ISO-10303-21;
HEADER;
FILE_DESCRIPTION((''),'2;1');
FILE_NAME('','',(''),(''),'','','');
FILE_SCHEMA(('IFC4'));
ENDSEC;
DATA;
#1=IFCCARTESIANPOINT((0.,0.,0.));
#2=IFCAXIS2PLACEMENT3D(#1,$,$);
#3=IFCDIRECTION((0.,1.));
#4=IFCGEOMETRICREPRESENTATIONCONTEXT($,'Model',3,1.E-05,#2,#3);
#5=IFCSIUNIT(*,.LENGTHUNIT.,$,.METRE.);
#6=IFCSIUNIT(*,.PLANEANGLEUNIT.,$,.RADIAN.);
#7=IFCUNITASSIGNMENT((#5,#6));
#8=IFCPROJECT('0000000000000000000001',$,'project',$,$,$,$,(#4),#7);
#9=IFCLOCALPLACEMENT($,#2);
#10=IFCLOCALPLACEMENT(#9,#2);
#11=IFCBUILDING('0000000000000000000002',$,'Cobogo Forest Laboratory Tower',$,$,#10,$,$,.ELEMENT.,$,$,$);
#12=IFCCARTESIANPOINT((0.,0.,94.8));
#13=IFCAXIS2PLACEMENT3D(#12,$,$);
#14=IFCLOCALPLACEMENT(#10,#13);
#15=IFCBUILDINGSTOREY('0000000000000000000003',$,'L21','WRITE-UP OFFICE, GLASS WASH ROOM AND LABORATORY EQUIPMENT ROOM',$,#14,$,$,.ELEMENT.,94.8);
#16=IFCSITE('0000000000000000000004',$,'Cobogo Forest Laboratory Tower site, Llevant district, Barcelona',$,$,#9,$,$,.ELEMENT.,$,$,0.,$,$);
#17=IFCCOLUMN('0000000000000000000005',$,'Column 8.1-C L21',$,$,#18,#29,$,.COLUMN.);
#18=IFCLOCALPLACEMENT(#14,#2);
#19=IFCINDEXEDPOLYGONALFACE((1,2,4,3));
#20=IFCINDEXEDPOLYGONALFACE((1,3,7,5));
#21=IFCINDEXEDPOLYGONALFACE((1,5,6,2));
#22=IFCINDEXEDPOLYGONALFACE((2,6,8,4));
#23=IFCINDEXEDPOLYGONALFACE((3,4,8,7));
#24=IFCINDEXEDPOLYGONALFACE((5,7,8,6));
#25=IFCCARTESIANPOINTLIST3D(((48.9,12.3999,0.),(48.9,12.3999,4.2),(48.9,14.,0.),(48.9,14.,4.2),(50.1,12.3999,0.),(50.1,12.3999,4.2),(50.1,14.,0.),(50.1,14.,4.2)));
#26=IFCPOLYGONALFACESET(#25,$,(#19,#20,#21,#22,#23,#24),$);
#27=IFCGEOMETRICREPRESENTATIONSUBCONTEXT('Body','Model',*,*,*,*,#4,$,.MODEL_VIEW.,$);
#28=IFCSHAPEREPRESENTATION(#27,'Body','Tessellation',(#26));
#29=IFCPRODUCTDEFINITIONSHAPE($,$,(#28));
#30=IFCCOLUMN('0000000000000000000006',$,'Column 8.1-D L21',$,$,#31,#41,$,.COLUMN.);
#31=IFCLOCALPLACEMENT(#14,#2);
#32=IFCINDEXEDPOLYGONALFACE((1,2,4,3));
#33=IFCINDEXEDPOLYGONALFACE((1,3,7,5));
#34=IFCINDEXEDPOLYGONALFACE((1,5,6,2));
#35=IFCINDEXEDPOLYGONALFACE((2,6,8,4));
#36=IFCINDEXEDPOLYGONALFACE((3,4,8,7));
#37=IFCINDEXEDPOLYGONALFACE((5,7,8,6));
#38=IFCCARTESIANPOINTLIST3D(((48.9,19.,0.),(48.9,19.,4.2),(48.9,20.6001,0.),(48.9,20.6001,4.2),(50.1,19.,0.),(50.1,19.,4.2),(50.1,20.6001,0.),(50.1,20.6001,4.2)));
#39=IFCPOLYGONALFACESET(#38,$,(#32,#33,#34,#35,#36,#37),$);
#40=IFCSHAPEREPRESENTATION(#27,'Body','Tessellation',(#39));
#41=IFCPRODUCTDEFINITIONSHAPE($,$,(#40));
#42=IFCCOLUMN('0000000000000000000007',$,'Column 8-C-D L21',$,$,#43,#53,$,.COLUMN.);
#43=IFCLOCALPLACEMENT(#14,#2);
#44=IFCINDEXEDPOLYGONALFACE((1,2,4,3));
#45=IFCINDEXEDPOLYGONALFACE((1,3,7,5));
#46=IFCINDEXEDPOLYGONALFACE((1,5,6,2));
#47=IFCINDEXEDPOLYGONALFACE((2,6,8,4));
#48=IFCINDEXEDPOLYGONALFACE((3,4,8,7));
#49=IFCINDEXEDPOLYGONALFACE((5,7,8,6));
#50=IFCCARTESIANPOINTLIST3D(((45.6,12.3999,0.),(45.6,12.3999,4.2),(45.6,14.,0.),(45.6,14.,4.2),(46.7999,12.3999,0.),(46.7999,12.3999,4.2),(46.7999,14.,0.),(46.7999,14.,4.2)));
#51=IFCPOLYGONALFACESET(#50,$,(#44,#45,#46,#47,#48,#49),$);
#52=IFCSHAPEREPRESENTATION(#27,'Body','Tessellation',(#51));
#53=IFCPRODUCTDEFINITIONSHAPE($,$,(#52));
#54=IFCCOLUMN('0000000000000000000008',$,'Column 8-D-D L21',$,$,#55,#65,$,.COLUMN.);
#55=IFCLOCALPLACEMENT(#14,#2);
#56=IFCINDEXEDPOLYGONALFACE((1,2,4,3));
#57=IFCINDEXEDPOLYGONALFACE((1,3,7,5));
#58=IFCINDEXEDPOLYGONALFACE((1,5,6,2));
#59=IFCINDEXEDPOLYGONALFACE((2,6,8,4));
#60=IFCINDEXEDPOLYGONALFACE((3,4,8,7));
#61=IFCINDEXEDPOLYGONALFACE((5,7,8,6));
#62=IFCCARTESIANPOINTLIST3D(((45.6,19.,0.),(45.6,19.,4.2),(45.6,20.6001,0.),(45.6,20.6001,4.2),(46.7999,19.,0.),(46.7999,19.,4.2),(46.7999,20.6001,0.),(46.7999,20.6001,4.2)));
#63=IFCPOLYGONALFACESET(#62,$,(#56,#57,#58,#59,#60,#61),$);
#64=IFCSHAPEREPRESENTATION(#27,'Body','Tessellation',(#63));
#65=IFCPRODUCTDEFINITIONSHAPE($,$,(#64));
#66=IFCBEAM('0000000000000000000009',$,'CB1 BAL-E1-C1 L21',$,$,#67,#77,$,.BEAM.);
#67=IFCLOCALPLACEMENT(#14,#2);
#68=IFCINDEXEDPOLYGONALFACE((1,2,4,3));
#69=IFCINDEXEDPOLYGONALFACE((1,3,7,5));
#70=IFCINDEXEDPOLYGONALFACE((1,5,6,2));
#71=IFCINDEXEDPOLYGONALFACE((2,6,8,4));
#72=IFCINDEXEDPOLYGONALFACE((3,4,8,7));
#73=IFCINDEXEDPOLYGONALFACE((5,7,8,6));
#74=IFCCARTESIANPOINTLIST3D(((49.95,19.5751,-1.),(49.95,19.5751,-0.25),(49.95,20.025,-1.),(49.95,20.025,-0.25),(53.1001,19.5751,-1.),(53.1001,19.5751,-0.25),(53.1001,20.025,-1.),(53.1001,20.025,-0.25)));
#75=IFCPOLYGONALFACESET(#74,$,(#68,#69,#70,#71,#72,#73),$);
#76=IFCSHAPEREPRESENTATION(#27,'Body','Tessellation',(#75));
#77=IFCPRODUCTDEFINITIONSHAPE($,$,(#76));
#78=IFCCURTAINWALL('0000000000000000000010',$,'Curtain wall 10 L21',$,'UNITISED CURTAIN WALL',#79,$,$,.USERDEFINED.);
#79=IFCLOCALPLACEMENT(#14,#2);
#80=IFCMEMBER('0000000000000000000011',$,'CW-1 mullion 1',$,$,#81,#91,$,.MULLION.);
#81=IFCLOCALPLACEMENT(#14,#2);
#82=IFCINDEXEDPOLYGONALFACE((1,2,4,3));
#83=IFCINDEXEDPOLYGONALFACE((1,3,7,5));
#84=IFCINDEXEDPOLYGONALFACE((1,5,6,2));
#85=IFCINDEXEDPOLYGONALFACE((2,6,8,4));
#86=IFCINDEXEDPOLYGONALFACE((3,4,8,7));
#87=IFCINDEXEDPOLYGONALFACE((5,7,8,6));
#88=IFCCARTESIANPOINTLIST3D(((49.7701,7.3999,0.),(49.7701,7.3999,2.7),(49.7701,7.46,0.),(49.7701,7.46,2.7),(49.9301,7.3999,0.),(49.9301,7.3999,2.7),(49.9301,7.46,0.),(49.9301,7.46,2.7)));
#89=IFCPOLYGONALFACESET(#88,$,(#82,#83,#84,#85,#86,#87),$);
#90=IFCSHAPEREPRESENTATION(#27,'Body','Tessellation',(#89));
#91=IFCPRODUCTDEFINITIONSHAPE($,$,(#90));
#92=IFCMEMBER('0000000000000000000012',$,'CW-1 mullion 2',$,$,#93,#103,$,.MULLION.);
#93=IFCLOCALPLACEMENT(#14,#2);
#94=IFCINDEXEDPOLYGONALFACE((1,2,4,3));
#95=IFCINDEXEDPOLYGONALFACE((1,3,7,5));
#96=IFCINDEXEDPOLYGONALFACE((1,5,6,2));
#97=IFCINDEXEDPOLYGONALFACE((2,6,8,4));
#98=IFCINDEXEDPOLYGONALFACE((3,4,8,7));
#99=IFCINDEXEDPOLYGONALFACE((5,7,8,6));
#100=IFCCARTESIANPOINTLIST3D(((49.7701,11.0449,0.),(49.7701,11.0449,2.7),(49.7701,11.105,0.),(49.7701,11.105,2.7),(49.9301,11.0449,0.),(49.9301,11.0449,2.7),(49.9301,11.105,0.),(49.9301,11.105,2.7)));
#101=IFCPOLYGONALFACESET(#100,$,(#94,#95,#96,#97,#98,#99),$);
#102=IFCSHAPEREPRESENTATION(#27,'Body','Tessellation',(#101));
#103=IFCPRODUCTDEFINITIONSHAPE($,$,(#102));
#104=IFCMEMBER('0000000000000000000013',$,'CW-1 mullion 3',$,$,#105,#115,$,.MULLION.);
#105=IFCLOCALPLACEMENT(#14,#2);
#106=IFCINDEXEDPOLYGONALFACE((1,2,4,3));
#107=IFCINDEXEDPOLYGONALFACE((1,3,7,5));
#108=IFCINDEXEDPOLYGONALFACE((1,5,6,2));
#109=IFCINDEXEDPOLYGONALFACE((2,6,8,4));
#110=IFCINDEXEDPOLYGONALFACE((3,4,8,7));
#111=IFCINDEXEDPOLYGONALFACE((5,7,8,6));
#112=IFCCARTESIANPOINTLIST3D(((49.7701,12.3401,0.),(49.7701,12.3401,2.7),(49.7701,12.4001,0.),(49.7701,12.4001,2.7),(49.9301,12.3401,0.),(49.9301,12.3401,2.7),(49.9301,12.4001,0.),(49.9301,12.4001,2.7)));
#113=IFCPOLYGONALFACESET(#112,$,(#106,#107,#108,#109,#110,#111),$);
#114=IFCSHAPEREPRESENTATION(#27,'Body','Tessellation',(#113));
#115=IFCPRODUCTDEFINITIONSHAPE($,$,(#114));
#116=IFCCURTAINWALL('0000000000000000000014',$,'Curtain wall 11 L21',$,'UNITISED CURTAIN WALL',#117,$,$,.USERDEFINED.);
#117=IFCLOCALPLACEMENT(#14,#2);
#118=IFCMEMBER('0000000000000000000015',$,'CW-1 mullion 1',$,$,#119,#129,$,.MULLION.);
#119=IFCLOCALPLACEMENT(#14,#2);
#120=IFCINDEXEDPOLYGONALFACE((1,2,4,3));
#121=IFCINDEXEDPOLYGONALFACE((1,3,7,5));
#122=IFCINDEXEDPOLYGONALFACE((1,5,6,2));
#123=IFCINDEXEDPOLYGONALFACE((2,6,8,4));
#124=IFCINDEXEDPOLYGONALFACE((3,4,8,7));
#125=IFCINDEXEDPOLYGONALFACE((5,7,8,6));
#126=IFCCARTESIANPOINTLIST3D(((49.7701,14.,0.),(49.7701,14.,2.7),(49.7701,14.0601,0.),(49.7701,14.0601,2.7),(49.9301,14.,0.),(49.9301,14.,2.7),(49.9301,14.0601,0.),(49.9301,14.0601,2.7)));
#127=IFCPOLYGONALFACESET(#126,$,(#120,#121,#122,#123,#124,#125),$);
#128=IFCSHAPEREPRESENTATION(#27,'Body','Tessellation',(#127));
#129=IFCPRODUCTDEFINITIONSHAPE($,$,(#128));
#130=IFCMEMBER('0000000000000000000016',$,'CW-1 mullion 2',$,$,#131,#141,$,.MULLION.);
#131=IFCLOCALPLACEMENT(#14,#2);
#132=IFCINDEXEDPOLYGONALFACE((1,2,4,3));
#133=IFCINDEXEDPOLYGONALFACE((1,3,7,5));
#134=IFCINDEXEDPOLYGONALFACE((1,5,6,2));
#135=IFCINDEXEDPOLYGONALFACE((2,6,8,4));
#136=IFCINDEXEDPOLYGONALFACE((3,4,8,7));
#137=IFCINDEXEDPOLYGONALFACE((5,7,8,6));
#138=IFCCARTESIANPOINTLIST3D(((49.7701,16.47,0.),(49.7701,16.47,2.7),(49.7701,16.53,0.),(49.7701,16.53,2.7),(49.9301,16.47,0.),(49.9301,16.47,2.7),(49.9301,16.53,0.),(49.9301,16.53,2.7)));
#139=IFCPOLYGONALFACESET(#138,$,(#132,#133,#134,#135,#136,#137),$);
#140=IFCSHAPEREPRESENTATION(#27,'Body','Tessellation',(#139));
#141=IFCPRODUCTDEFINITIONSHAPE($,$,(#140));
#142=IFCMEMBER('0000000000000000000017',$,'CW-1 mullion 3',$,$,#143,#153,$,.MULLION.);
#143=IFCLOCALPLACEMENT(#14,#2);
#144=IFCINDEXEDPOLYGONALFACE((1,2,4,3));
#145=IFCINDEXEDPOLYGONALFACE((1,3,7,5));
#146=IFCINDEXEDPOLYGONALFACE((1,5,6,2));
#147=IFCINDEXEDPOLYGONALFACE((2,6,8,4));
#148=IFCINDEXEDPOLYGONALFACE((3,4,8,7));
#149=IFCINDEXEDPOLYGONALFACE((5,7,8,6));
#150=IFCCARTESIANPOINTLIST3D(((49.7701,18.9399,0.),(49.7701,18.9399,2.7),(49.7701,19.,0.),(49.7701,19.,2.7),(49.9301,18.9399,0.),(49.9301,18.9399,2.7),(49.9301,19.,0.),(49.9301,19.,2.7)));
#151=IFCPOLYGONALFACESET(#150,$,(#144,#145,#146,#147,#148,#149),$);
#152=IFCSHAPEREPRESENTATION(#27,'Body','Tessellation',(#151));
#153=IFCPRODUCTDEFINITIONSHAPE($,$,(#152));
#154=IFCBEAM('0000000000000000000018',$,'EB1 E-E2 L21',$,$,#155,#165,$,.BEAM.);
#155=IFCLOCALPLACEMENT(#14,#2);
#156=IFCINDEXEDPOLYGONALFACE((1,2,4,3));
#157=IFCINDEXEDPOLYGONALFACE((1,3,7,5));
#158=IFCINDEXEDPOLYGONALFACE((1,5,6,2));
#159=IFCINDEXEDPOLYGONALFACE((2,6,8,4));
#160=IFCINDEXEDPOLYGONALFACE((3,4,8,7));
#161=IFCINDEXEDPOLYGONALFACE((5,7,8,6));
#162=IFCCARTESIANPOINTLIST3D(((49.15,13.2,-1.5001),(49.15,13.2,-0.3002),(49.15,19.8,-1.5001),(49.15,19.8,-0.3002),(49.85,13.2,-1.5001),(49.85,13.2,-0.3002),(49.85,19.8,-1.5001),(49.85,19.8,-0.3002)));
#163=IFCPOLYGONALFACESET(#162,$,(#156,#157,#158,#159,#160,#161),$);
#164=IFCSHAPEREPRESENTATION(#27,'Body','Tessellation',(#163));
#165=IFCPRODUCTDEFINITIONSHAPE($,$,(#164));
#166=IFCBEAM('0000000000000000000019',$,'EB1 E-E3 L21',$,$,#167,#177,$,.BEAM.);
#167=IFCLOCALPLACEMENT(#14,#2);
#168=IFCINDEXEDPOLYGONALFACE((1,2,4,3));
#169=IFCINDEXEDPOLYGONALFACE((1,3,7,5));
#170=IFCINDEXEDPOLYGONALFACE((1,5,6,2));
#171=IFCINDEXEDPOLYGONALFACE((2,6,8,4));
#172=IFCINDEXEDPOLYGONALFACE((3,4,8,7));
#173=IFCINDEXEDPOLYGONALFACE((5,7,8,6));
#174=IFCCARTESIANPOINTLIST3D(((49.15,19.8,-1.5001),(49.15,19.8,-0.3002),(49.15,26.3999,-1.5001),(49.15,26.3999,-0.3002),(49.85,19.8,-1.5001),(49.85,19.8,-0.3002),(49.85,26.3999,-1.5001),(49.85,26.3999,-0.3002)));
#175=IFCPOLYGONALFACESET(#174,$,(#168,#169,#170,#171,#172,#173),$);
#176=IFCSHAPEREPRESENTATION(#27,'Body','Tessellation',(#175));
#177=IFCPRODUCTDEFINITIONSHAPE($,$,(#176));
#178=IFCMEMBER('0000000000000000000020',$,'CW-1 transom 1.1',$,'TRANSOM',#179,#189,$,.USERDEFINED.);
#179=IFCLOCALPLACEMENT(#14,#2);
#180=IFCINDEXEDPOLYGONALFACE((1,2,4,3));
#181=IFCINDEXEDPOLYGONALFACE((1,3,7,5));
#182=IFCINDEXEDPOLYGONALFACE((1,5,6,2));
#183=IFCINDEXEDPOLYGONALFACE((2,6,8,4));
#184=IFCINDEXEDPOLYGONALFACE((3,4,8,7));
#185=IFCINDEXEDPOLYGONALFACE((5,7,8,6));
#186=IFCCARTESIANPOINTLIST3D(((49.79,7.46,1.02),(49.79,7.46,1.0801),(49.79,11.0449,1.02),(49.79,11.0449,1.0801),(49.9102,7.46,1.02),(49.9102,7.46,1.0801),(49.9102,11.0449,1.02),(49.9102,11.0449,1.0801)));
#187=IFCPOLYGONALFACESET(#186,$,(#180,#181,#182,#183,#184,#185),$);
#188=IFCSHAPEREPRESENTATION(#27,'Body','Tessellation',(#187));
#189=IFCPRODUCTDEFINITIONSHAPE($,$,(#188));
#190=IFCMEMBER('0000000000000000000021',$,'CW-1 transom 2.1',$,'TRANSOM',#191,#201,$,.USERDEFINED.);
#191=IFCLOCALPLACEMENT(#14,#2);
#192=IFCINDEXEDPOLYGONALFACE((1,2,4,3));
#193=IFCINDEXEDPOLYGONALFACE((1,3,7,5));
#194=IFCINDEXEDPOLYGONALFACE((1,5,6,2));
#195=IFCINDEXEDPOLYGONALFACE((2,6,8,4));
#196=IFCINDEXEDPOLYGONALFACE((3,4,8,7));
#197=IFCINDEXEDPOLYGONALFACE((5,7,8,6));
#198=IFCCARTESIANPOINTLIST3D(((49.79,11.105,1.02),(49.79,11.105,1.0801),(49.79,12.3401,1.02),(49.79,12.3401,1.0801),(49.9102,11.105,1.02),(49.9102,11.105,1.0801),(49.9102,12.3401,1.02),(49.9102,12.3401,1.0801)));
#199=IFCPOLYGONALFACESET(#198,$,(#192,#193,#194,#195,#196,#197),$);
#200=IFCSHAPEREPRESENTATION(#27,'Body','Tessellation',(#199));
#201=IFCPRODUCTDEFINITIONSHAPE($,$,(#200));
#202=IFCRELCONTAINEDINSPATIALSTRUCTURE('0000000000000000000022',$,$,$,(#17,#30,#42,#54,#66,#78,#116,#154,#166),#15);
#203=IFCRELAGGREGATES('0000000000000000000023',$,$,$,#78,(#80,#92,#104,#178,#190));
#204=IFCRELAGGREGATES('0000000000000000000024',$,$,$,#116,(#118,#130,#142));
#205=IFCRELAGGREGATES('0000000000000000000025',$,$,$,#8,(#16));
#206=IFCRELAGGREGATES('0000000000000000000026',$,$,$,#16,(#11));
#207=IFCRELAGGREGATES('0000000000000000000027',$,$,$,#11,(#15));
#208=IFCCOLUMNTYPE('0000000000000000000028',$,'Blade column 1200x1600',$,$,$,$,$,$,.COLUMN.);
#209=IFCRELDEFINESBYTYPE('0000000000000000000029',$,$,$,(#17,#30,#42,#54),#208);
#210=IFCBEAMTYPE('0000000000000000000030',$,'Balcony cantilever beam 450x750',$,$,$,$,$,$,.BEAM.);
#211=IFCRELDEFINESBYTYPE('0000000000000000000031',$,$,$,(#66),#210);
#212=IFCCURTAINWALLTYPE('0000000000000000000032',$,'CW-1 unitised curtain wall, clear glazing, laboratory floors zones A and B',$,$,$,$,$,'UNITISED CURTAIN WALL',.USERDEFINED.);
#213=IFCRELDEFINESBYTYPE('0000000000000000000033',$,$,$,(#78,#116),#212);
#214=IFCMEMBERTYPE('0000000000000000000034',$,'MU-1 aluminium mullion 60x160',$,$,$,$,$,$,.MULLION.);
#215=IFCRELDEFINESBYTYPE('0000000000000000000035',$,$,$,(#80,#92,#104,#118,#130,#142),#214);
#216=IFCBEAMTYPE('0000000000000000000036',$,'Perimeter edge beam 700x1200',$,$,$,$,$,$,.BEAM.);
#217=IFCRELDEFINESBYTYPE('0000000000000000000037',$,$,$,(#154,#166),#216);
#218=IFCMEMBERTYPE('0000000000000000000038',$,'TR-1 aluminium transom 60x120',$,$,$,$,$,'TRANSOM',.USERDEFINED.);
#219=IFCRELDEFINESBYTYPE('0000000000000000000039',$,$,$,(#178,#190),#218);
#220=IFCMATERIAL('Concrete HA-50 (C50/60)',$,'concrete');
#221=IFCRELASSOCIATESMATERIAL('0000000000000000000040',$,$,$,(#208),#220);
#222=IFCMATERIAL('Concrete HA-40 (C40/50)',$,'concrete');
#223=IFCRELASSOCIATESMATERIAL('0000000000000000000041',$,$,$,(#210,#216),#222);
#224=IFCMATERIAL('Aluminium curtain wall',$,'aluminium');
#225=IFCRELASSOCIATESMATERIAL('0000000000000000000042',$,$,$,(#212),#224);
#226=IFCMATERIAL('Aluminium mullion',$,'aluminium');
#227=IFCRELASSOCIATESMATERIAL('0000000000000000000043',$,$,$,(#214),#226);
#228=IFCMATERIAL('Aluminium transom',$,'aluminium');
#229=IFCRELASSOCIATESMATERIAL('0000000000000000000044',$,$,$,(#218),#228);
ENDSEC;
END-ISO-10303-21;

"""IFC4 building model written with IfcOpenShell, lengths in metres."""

from ifc_helpers import new_model, si_unit, direction, frame, origin, origin_2d, place, context, subcontext, project, spatial, rectangle, extrude, material, material_profile, profile_set, type_object, element, aggregate, save


model = new_model("IFC4")

# Units and contexts
model_context = context("Model", 3, precision=1e-05, world=origin(), true_north=direction((0.0, 1.0)))
body_context = subcontext(model_context, "Body", "Model", "MODEL_VIEW")
ifc_project = project(units=[si_unit("LENGTHUNIT", "METRE"), si_unit("PLANEANGLEUNIT", "RADIAN")], contexts=[model_context])

# Site, building, storey
site_placement = place(None, origin())
site = spatial("IfcSite", under=ifc_project, at=site_placement, Name="Cobogo Forest Laboratory Tower site, Llevant district, Barcelona", CompositionType="ELEMENT", RefElevation=0.0)
building_placement = place(site_placement, origin())
building = spatial("IfcBuilding", under=site, at=building_placement, Name="Cobogo Forest Laboratory Tower", CompositionType="ELEMENT")
storey_placement = place(building_placement, frame((0.0, 0.0, 94.8)))
storey = spatial("IfcBuildingStorey", under=building, at=storey_placement, Name="L21", Description="WRITE-UP OFFICE, GLASS WASH ROOM AND LABORATORY EQUIPMENT ROOM", CompositionType="ELEMENT", Elevation=94.8)

# Columns
ifc_material_1 = material(Name="Concrete HA-50 (C50/60)", Category="concrete")
ifc_material_profile_1 = material_profile(ifc_material_1, rectangle(XDim=1.6001, YDim=1.2, at=origin_2d()), Name="RC 1200x1600")
ifc_profile_set_1 = profile_set([ifc_material_profile_1], Name="Concrete HA-50 (C50/60)")
column_type = type_object("IfcColumnType", Name="Blade column 1200x1600", PredefinedType="COLUMN", material=ifc_profile_set_1)
for number, where, z_axis, x_axis, name in (
    (1, (49.5, 13.2, 0.0), (0.0, 0.0, 1.0), (0.0, 1.0, 0.0), "Column 8.1-C L21"),
    (2, (49.5, 19.8, 0.0), (0.0, 0.0, 1.0), (0.0, 1.0, 0.0), "Column 8.1-D L21"),
    (3, (46.2, 13.2, 0.0), (0.0, 0.0, 1.0), (0.0, 1.0, 0.0), "Column 8-C-D L21"),
    (4, (46.2, 19.8, 0.0), (0.0, 0.0, 1.0), (0.0, 1.0, 0.0), "Column 8-D-D L21"),
):
    element("IfcColumn", number, at=place(storey_placement, frame(where, z_axis=z_axis, x_axis=x_axis)), inside=storey, type_object=column_type, Name=name, PredefinedType="COLUMN", context=body_context, shape_type="SweptSolid", body=[
        extrude(rectangle(XDim=1.6001, YDim=1.2, at=origin_2d()), origin(), (0.0, 0.0, 1.0), 4.2),
    ])

# Beam
ifc_material_2 = material(Name="Concrete HA-40 (C40/50)", Category="concrete")
ifc_material_profile_2 = material_profile(ifc_material_2, rectangle(XDim=0.45, YDim=0.75, at=origin_2d()), Name="RC 450x750")
ifc_profile_set_2 = profile_set([ifc_material_profile_2], Name="Concrete HA-40 (C40/50)")
beam_type_1 = type_object("IfcBeamType", Name="Balcony cantilever beam 450x750", PredefinedType="BEAM", material=ifc_profile_set_2)
beam_1_placement = place(storey_placement, frame((49.95, 19.8, -0.625), z_axis=(1.0, 0.0, 0.0), x_axis=(0.0, 1.0, 0.0)))
element("IfcBeam", 5, at=beam_1_placement, inside=storey, type_object=beam_type_1, Name="CB1 BAL-E1-C1 L21", PredefinedType="BEAM", context=body_context, shape_type="SweptSolid", body=[
    extrude(rectangle(XDim=0.45, YDim=0.75, at=origin_2d()), origin(), (0.0, 0.0, 1.0), 3.1501),
])

# Curtain walls, members
ifc_material_3 = material(Name="Aluminium curtain wall", Category="aluminium")
curtain_wall_type = type_object("IfcCurtainWallType", Name="CW-1 unitised curtain wall, clear glazing, laboratory floors zones A and B", ElementType="UNITISED CURTAIN WALL", PredefinedType="USERDEFINED", material=ifc_material_3)
curtain_wall_1_placement = place(storey_placement, origin())
curtain_wall_1 = element("IfcCurtainWall", 6, at=curtain_wall_1_placement, inside=storey, type_object=curtain_wall_type, Name="Curtain wall 10 L21", ObjectType="UNITISED CURTAIN WALL", PredefinedType="USERDEFINED")
ifc_material_4 = material(Name="Aluminium mullion", Category="aluminium")
ifc_material_profile_3 = material_profile(ifc_material_4, rectangle(XDim=0.0601, YDim=0.1599, at=origin_2d()), Name="AL 60x160")
ifc_profile_set_3 = profile_set([ifc_material_profile_3], Name="Aluminium mullion")
member_type_1 = type_object("IfcMemberType", Name="MU-1 aluminium mullion 60x160", PredefinedType="MULLION", material=ifc_profile_set_3)
member_1_placement = place(storey_placement, frame((49.8501, 7.4299, 0.0), z_axis=(0.0, 0.0, 1.0), x_axis=(0.0, 1.0, 0.0)))
member_1 = element("IfcMember", 7, at=member_1_placement, type_object=member_type_1, Name="CW-1 mullion 1", PredefinedType="MULLION", context=body_context, shape_type="SweptSolid", body=[
    extrude(rectangle(XDim=0.0601, YDim=0.1599, at=origin_2d()), origin(), (0.0, 0.0, 1.0), 2.7),
])
member_2_placement = place(storey_placement, frame((49.8501, 11.075, 0.0), z_axis=(0.0, 0.0, 1.0), x_axis=(0.0, 1.0, 0.0)))
member_2 = element("IfcMember", 8, at=member_2_placement, type_object=member_type_1, Name="CW-1 mullion 2", PredefinedType="MULLION", context=body_context, shape_type="SweptSolid", body=[
    extrude(rectangle(XDim=0.0601, YDim=0.1599, at=origin_2d()), origin(), (0.0, 0.0, 1.0), 2.7),
])
member_3_placement = place(storey_placement, frame((49.8501, 12.3701, 0.0), z_axis=(0.0, 0.0, 1.0), x_axis=(0.0, 1.0, 0.0)))
member_3 = element("IfcMember", 9, at=member_3_placement, type_object=member_type_1, Name="CW-1 mullion 3", PredefinedType="MULLION", context=body_context, shape_type="SweptSolid", body=[
    extrude(rectangle(XDim=0.0601, YDim=0.1599, at=origin_2d()), origin(), (0.0, 0.0, 1.0), 2.7),
])
curtain_wall_2_placement = place(storey_placement, origin())
curtain_wall_2 = element("IfcCurtainWall", 10, at=curtain_wall_2_placement, inside=storey, type_object=curtain_wall_type, Name="Curtain wall 11 L21", ObjectType="UNITISED CURTAIN WALL", PredefinedType="USERDEFINED")
member_4_placement = place(storey_placement, frame((49.8501, 14.03, 0.0), z_axis=(0.0, 0.0, 1.0), x_axis=(0.0, 1.0, 0.0)))
member_4 = element("IfcMember", 11, at=member_4_placement, type_object=member_type_1, Name="CW-1 mullion 1", PredefinedType="MULLION", context=body_context, shape_type="SweptSolid", body=[
    extrude(rectangle(XDim=0.0601, YDim=0.1599, at=origin_2d()), origin(), (0.0, 0.0, 1.0), 2.7),
])
member_5_placement = place(storey_placement, frame((49.8501, 16.5, 0.0), z_axis=(0.0, 0.0, 1.0), x_axis=(0.0, 1.0, 0.0)))
member_5 = element("IfcMember", 12, at=member_5_placement, type_object=member_type_1, Name="CW-1 mullion 2", PredefinedType="MULLION", context=body_context, shape_type="SweptSolid", body=[
    extrude(rectangle(XDim=0.0601, YDim=0.1599, at=origin_2d()), origin(), (0.0, 0.0, 1.0), 2.7),
])
member_6_placement = place(storey_placement, frame((49.8501, 18.97, 0.0), z_axis=(0.0, 0.0, 1.0), x_axis=(0.0, 1.0, 0.0)))
member_6 = element("IfcMember", 13, at=member_6_placement, type_object=member_type_1, Name="CW-1 mullion 3", PredefinedType="MULLION", context=body_context, shape_type="SweptSolid", body=[
    extrude(rectangle(XDim=0.0601, YDim=0.1599, at=origin_2d()), origin(), (0.0, 0.0, 1.0), 2.7),
])

# Beams
ifc_material_profile_4 = material_profile(ifc_material_2, rectangle(XDim=0.7, YDim=1.2, at=origin_2d()), Name="RC 700x1200")
ifc_profile_set_4 = profile_set([ifc_material_profile_4], Name="Concrete HA-40 (C40/50)")
beam_type_2 = type_object("IfcBeamType", Name="Perimeter edge beam 700x1200", PredefinedType="BEAM", material=ifc_profile_set_4)
beam_2_placement = place(storey_placement, frame((49.5, 13.2, -0.9001), z_axis=(0.0, 1.0, 0.0), x_axis=(-1.0, 0.0, 0.0)))
element("IfcBeam", 14, at=beam_2_placement, inside=storey, type_object=beam_type_2, Name="EB1 E-E2 L21", PredefinedType="BEAM", context=body_context, shape_type="SweptSolid", body=[
    extrude(rectangle(XDim=0.7, YDim=1.2, at=origin_2d()), origin(), (0.0, 0.0, 1.0), 6.6001),
])
beam_3_placement = place(storey_placement, frame((49.5, 19.8, -0.9001), z_axis=(0.0, 1.0, 0.0), x_axis=(-1.0, 0.0, 0.0)))
element("IfcBeam", 15, at=beam_3_placement, inside=storey, type_object=beam_type_2, Name="EB1 E-E3 L21", PredefinedType="BEAM", context=body_context, shape_type="SweptSolid", body=[
    extrude(rectangle(XDim=0.7, YDim=1.2, at=origin_2d()), origin(), (0.0, 0.0, 1.0), 6.5999),
])

# Members
ifc_material_5 = material(Name="Aluminium transom", Category="aluminium")
ifc_material_profile_5 = material_profile(ifc_material_5, rectangle(XDim=0.1201, YDim=0.0601, at=origin_2d()), Name="AL 60x120")
ifc_profile_set_5 = profile_set([ifc_material_profile_5], Name="Aluminium transom")
member_type_2 = type_object("IfcMemberType", Name="TR-1 aluminium transom 60x120", ElementType="TRANSOM", PredefinedType="USERDEFINED", material=ifc_profile_set_5)
member_7_placement = place(storey_placement, frame((49.8501, 7.46, 1.05), z_axis=(0.0, 1.0, 0.0), x_axis=(-1.0, 0.0, 0.0)))
member_7 = element("IfcMember", 16, at=member_7_placement, type_object=member_type_2, Name="CW-1 transom 1.1", ObjectType="TRANSOM", PredefinedType="USERDEFINED", context=body_context, shape_type="SweptSolid", body=[
    extrude(rectangle(XDim=0.1201, YDim=0.0601, at=origin_2d()), origin(), (0.0, 0.0, 1.0), 3.585),
])
member_8_placement = place(storey_placement, frame((49.8501, 11.105, 1.05), z_axis=(0.0, 1.0, 0.0), x_axis=(-1.0, 0.0, 0.0)))
member_8 = element("IfcMember", 17, at=member_8_placement, type_object=member_type_2, Name="CW-1 transom 2.1", ObjectType="TRANSOM", PredefinedType="USERDEFINED", context=body_context, shape_type="SweptSolid", body=[
    extrude(rectangle(XDim=0.1201, YDim=0.0601, at=origin_2d()), origin(), (0.0, 0.0, 1.0), 1.2351),
])

aggregate(curtain_wall_1, [member_1, member_2, member_3, member_7, member_8])
aggregate(curtain_wall_2, [member_4, member_5, member_6])

save(model, "model.ifc")
